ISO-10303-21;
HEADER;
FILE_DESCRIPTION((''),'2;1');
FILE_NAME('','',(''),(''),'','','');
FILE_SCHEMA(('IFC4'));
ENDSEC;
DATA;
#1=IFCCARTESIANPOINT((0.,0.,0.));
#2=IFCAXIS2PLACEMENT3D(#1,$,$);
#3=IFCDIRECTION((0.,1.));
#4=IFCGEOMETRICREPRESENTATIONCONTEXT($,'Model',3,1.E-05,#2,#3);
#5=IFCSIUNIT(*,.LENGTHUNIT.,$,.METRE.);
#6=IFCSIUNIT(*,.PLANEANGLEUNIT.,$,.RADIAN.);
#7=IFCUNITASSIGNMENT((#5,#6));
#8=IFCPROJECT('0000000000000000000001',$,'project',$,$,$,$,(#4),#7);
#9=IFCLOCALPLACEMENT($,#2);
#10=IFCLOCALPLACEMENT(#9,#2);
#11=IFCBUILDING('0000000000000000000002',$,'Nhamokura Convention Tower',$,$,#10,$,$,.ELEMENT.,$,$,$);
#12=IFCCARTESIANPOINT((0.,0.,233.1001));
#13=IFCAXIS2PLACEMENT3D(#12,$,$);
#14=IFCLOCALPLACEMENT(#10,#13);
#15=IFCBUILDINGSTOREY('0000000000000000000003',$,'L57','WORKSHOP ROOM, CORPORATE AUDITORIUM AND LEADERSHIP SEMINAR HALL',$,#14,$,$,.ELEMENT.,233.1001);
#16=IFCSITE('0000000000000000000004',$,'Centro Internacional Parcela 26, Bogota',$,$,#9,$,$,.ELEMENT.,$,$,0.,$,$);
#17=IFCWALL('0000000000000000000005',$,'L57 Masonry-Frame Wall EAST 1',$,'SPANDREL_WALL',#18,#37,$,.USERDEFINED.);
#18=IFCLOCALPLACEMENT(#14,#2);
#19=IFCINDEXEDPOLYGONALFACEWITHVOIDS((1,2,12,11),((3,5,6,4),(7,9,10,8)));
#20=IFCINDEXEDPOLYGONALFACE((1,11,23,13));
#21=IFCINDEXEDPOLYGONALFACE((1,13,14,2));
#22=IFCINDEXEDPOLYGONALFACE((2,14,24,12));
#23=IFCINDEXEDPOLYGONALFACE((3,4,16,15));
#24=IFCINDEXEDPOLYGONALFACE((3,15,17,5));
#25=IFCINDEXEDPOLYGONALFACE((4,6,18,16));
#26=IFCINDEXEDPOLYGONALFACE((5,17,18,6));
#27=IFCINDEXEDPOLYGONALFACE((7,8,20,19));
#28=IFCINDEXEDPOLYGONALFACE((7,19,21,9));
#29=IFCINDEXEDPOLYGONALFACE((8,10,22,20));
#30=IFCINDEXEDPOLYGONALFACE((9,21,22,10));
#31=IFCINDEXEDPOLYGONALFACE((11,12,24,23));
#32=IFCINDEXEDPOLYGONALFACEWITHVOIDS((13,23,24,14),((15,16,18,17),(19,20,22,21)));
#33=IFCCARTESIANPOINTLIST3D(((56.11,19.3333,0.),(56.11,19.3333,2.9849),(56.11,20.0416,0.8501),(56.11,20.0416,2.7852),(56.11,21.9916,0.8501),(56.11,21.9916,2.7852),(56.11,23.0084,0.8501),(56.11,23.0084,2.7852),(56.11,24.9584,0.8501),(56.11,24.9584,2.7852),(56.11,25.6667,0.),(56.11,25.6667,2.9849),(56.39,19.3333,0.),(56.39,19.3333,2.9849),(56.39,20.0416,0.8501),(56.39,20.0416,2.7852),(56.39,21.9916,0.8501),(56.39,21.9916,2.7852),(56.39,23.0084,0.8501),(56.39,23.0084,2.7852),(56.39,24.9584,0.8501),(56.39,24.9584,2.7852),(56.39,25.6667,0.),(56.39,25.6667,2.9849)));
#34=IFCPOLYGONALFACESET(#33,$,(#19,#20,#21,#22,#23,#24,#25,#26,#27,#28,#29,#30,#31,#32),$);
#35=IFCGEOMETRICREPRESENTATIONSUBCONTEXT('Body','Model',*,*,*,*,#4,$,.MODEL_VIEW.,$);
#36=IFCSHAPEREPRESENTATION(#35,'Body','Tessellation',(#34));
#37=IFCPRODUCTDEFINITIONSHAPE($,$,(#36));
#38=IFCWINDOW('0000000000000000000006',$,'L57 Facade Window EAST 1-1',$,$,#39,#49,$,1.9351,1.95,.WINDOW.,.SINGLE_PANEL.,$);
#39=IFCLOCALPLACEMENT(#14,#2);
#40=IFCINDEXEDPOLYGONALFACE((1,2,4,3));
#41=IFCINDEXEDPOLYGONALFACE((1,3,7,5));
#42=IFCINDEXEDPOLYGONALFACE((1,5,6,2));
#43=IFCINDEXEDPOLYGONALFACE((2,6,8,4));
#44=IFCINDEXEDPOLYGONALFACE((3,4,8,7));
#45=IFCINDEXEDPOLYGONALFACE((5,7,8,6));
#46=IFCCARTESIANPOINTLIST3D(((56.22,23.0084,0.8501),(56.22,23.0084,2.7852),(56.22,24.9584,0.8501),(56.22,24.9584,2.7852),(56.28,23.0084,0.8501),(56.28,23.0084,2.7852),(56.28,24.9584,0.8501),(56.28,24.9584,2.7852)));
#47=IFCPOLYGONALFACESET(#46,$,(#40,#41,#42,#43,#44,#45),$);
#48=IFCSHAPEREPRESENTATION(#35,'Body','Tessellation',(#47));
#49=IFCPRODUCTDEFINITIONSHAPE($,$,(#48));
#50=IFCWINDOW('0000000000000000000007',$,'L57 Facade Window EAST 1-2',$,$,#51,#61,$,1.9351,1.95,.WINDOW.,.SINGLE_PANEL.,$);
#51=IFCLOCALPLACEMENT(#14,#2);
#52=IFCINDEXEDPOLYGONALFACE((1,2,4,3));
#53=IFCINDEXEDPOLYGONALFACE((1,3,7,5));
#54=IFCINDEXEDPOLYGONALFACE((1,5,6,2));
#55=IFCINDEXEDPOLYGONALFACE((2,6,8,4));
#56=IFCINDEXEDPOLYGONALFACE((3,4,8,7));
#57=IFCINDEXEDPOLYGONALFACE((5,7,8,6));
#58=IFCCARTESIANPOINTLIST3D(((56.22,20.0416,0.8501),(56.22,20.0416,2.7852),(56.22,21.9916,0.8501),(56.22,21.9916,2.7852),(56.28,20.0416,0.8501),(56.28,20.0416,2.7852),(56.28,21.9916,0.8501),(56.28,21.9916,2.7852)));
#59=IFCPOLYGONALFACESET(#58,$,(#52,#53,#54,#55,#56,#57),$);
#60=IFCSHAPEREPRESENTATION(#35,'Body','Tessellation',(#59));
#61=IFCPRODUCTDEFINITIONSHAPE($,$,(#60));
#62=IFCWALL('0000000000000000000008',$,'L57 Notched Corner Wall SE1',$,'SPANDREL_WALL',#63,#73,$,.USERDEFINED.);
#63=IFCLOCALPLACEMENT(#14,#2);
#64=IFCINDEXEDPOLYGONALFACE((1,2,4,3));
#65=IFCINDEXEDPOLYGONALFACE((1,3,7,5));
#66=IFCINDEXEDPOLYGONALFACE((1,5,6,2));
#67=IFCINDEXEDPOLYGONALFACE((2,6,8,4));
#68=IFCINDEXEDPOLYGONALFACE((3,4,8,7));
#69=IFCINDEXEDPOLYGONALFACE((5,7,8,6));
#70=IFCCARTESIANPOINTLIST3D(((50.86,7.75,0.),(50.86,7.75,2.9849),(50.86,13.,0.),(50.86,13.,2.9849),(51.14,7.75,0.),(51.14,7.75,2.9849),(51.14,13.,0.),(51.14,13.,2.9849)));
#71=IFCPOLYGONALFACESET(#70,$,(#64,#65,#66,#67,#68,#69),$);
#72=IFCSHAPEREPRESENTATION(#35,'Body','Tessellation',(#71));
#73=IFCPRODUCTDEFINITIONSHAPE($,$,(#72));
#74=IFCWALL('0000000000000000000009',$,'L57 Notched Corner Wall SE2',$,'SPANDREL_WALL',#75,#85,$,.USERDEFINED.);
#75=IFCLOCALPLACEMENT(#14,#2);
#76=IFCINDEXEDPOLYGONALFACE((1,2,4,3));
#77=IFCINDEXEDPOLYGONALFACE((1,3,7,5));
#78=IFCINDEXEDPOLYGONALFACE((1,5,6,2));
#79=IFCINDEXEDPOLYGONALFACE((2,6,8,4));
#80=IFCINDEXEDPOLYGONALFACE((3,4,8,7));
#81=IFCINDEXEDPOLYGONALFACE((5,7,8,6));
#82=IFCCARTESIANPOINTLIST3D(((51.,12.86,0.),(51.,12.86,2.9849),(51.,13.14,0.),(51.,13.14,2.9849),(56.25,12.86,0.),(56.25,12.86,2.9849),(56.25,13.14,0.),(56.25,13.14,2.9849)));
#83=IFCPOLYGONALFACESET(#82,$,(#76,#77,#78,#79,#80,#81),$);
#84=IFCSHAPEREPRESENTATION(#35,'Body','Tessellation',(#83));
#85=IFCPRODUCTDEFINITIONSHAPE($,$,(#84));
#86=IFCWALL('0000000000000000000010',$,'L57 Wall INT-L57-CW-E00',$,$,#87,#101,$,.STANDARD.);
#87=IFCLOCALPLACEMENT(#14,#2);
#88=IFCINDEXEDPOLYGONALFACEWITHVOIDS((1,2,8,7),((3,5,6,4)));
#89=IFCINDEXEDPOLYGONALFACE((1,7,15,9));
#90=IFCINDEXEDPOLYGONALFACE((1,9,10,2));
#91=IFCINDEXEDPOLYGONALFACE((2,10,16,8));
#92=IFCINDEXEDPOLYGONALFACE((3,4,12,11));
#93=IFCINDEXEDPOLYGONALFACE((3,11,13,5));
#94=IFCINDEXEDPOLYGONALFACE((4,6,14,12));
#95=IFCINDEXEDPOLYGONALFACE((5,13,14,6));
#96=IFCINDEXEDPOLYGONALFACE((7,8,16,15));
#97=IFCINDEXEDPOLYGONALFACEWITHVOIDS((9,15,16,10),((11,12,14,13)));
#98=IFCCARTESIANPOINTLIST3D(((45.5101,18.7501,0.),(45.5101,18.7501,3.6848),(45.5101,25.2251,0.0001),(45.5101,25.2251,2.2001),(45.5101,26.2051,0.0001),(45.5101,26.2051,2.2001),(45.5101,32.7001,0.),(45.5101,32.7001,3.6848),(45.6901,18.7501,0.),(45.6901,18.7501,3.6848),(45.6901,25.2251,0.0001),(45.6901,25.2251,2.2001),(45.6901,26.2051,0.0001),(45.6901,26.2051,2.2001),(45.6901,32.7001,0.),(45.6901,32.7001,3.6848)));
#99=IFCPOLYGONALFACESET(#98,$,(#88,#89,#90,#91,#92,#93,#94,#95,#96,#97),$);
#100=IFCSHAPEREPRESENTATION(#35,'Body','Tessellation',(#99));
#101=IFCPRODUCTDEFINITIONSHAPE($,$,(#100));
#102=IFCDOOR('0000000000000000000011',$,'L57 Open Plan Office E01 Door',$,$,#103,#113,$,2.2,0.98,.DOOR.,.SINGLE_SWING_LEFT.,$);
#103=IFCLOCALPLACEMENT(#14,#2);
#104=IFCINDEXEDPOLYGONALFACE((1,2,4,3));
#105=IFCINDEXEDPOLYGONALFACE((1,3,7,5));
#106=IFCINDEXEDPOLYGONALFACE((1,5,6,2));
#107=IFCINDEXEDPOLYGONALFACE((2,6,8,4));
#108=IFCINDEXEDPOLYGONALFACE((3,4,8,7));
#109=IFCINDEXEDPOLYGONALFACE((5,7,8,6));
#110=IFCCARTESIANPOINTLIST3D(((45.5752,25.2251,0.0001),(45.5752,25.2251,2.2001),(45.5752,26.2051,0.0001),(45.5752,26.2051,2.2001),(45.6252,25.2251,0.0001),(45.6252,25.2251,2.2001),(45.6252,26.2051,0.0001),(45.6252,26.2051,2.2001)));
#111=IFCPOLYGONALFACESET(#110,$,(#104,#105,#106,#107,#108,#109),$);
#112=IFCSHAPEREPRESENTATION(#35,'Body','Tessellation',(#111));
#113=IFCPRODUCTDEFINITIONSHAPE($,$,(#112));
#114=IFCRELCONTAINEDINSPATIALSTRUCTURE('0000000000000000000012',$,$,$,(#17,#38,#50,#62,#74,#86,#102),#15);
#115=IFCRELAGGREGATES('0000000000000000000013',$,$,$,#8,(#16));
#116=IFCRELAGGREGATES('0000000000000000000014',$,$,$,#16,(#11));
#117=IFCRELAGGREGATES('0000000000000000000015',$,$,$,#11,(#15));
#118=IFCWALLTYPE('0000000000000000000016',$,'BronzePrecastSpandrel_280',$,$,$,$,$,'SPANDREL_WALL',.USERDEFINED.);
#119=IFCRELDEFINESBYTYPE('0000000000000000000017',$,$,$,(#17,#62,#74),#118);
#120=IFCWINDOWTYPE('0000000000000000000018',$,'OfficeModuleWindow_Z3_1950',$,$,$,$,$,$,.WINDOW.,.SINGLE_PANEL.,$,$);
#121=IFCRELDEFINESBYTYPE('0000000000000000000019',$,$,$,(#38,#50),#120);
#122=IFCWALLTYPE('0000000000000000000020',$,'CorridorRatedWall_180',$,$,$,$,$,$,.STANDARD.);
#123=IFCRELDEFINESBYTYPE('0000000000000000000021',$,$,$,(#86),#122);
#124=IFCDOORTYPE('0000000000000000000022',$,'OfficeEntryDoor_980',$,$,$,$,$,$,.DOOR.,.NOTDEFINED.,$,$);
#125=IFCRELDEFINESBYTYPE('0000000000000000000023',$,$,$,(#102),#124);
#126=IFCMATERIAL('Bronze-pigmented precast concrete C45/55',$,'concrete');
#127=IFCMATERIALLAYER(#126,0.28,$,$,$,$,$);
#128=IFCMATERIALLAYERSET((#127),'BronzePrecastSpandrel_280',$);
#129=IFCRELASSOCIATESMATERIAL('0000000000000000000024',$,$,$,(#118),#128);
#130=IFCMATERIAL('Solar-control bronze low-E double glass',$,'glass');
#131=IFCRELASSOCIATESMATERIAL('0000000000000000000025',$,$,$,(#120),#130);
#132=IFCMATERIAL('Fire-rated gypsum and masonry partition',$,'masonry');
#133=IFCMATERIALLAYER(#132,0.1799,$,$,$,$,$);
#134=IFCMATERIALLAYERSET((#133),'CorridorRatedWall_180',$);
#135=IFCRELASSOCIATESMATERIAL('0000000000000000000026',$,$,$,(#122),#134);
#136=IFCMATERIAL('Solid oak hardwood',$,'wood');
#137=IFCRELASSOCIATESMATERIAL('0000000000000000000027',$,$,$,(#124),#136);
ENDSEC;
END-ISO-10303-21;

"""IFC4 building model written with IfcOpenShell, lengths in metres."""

from ifc_helpers import new_model, si_unit, direction, frame, frame_2d, origin, place, context, subcontext, project, spatial, rectangle, extrude, material, layer, layer_set, type_object, element, fill, save


model = new_model("IFC4")

# Units and contexts
model_context = context("Model", 3, precision=1e-05, world=origin(), true_north=direction((0.0, 1.0)))
body_context = subcontext(model_context, "Body", "Model", "MODEL_VIEW")
ifc_project = project(units=[si_unit("LENGTHUNIT", "METRE"), si_unit("PLANEANGLEUNIT", "RADIAN")], contexts=[model_context])

# Site, building, storey
site_placement = place(None, origin())
site = spatial("IfcSite", under=ifc_project, at=site_placement, Name="Centro Internacional Parcela 26, Bogota", CompositionType="ELEMENT", RefElevation=0.0)
building_placement = place(site_placement, origin())
building = spatial("IfcBuilding", under=site, at=building_placement, Name="Nhamokura Convention Tower", CompositionType="ELEMENT")
storey_placement = place(building_placement, frame((0.0, 0.0, 233.1001)))
storey = spatial("IfcBuildingStorey", under=building, at=storey_placement, Name="L57", Description="WORKSHOP ROOM, CORPORATE AUDITORIUM AND LEADERSHIP SEMINAR HALL", CompositionType="ELEMENT", Elevation=233.1001)

# Shared definitions
ifc_material_1 = material(Name="Bronze-pigmented precast concrete C45/55", Category="concrete")
ifc_layer_1 = layer(ifc_material_1, 0.28)
ifc_layer_set_1 = layer_set([ifc_layer_1], Name="BronzePrecastSpandrel_280")
wall_type_1 = type_object("IfcWallType", Name="BronzePrecastSpandrel_280", ElementType="SPANDREL_WALL", PredefinedType="USERDEFINED", material=ifc_layer_set_1)
ifc_material_2 = material(Name="Solar-control bronze low-E double glass", Category="glass")
window_type = type_object("IfcWindowType", Name="OfficeModuleWindow_Z3_1950", PartitioningType="SINGLE_PANEL", PredefinedType="WINDOW", material=ifc_material_2)

# Wall, openings, windows
wall_1_placement = place(storey_placement, frame((56.25, 25.6667, 0.0), z_axis=(0.0, 0.0, 1.0), x_axis=(0.0, -1.0, 0.0)))
wall_1 = element("IfcWall", 1, at=wall_1_placement, inside=storey, type_object=wall_type_1, Name="L57 Masonry-Frame Wall EAST 1", ObjectType="SPANDREL_WALL", PredefinedType="USERDEFINED", context=body_context, shape_type="SweptSolid", body=[
    extrude(rectangle(XDim=6.3335, YDim=0.28, at=frame_2d((3.1667, 0.0))), origin(), (0.0, 0.0, 1.0), 2.9849),
])
opening_1_placement = place(wall_1_placement, frame((0.7083, 0.0, 0.8501)))
opening_1 = element("IfcOpeningElement", 2, at=opening_1_placement, cuts=wall_1, PredefinedType="OPENING", context=body_context, shape_type="SweptSolid", body=[
    extrude(rectangle(XDim=1.95, YDim=1.9351, at=frame_2d((0.9751, 0.9675))), frame((0.0, 0.1499, 0.0), z_axis=(0.0, -1.0, 0.0), x_axis=(1.0, 0.0, 0.0)), (0.0, 0.0, 1.0), 0.3),
])
opening_2_placement = place(wall_1_placement, frame((3.675, 0.0, 0.8501)))
opening_2 = element("IfcOpeningElement", 3, at=opening_2_placement, cuts=wall_1, PredefinedType="OPENING", context=body_context, shape_type="SweptSolid", body=[
    extrude(rectangle(XDim=1.95, YDim=1.9351, at=frame_2d((0.9751, 0.9675))), frame((0.0, 0.1499, 0.0), z_axis=(0.0, -1.0, 0.0), x_axis=(1.0, 0.0, 0.0)), (0.0, 0.0, 1.0), 0.3),
])
window_1_placement = place(opening_1_placement, origin())
window_1 = element("IfcWindow", 4, at=window_1_placement, inside=storey, type_object=window_type, Name="L57 Facade Window EAST 1-1", OverallHeight=1.9351, OverallWidth=1.95, PartitioningType="SINGLE_PANEL", PredefinedType="WINDOW", context=body_context, shape_type="SweptSolid", body=[
    extrude(rectangle(XDim=1.95, YDim=1.9351, at=frame_2d((0.9751, 0.9675))), frame((0.0, 0.03, 0.0), z_axis=(0.0, -1.0, 0.0), x_axis=(1.0, 0.0, 0.0)), (0.0, 0.0, 1.0), 0.0601),
])
fill(opening_1, window_1)
window_2_placement = place(opening_2_placement, origin())
window_2 = element("IfcWindow", 5, at=window_2_placement, inside=storey, type_object=window_type, Name="L57 Facade Window EAST 1-2", OverallHeight=1.9351, OverallWidth=1.95, PartitioningType="SINGLE_PANEL", PredefinedType="WINDOW", context=body_context, shape_type="SweptSolid", body=[
    extrude(rectangle(XDim=1.95, YDim=1.9351, at=frame_2d((0.9751, 0.9675))), frame((0.0, 0.03, 0.0), z_axis=(0.0, -1.0, 0.0), x_axis=(1.0, 0.0, 0.0)), (0.0, 0.0, 1.0), 0.0601),
])
fill(opening_2, window_2)

# Walls
for number, where, z_axis, x_axis, name in (
    (6, (51.0, 13.0, 0.0), (0.0, 0.0, 1.0), (0.0, -1.0, 0.0), "L57 Notched Corner Wall SE1"),
    (7, (56.25, 13.0, 0.0), (0.0, 0.0, 1.0), (-1.0, 0.0, 0.0), "L57 Notched Corner Wall SE2"),
):
    element("IfcWall", number, at=place(storey_placement, frame(where, z_axis=z_axis, x_axis=x_axis)), inside=storey, type_object=wall_type_1, Name=name, ObjectType="SPANDREL_WALL", PredefinedType="USERDEFINED", context=body_context, shape_type="SweptSolid", body=[
        extrude(rectangle(XDim=5.25, YDim=0.28, at=frame_2d((2.625, 0.0))), origin(), (0.0, 0.0, 1.0), 2.9849),
    ])

# Wall, opening, door
ifc_material_3 = material(Name="Fire-rated gypsum and masonry partition", Category="masonry")
ifc_layer_2 = layer(ifc_material_3, 0.1799)
ifc_layer_set_2 = layer_set([ifc_layer_2], Name="CorridorRatedWall_180")
wall_type_2 = type_object("IfcWallType", Name="CorridorRatedWall_180", PredefinedType="STANDARD", material=ifc_layer_set_2)
wall_2_placement = place(storey_placement, frame((45.6001, 18.75, 0.0), z_axis=(0.0, 0.0, 1.0), x_axis=(0.0, 1.0, 0.0)))
wall_2 = element("IfcWall", 8, at=wall_2_placement, inside=storey, type_object=wall_type_2, Name="L57 Wall INT-L57-CW-E00", PredefinedType="STANDARD", context=body_context, shape_type="SweptSolid", body=[
    extrude(rectangle(XDim=13.95, YDim=0.1799, at=frame_2d((6.9751, 0.0))), origin(), (0.0, 0.0, 1.0), 3.6848),
])
opening_3_placement = place(wall_2_placement, frame((6.4751, 0.0, 0.0)))
opening_3 = element("IfcOpeningElement", 9, at=opening_3_placement, cuts=wall_2, PredefinedType="OPENING", context=body_context, shape_type="SweptSolid", body=[
    extrude(rectangle(XDim=0.98, YDim=2.2, at=frame_2d((0.49, 1.1001))), frame((0.0, 0.0999, 0.0), z_axis=(0.0, -1.0, 0.0), x_axis=(1.0, 0.0, 0.0)), (0.0, 0.0, 1.0), 0.2),
])
ifc_material_4 = material(Name="Solid oak hardwood", Category="wood")
door_type_1 = type_object("IfcDoorType", Name="OfficeEntryDoor_980", OperationType="NOTDEFINED", PredefinedType="DOOR", material=ifc_material_4)
door_1_placement = place(opening_3_placement, origin())
door_1 = element("IfcDoor", 10, at=door_1_placement, inside=storey, type_object=door_type_1, Name="L57 Open Plan Office E01 Door", OperationType="SINGLE_SWING_LEFT", OverallHeight=2.2, OverallWidth=0.98, PredefinedType="DOOR", context=body_context, shape_type="SweptSolid", body=[
    extrude(rectangle(XDim=0.98, YDim=2.2, at=frame_2d((0.49, 1.1001))), frame((0.0, 0.0249, 0.0), z_axis=(0.0, -1.0, 0.0), x_axis=(1.0, 0.0, 0.0)), (0.0, 0.0, 1.0), 0.05),
])
fill(opening_3, door_1)

save(model, "model.ifc")
